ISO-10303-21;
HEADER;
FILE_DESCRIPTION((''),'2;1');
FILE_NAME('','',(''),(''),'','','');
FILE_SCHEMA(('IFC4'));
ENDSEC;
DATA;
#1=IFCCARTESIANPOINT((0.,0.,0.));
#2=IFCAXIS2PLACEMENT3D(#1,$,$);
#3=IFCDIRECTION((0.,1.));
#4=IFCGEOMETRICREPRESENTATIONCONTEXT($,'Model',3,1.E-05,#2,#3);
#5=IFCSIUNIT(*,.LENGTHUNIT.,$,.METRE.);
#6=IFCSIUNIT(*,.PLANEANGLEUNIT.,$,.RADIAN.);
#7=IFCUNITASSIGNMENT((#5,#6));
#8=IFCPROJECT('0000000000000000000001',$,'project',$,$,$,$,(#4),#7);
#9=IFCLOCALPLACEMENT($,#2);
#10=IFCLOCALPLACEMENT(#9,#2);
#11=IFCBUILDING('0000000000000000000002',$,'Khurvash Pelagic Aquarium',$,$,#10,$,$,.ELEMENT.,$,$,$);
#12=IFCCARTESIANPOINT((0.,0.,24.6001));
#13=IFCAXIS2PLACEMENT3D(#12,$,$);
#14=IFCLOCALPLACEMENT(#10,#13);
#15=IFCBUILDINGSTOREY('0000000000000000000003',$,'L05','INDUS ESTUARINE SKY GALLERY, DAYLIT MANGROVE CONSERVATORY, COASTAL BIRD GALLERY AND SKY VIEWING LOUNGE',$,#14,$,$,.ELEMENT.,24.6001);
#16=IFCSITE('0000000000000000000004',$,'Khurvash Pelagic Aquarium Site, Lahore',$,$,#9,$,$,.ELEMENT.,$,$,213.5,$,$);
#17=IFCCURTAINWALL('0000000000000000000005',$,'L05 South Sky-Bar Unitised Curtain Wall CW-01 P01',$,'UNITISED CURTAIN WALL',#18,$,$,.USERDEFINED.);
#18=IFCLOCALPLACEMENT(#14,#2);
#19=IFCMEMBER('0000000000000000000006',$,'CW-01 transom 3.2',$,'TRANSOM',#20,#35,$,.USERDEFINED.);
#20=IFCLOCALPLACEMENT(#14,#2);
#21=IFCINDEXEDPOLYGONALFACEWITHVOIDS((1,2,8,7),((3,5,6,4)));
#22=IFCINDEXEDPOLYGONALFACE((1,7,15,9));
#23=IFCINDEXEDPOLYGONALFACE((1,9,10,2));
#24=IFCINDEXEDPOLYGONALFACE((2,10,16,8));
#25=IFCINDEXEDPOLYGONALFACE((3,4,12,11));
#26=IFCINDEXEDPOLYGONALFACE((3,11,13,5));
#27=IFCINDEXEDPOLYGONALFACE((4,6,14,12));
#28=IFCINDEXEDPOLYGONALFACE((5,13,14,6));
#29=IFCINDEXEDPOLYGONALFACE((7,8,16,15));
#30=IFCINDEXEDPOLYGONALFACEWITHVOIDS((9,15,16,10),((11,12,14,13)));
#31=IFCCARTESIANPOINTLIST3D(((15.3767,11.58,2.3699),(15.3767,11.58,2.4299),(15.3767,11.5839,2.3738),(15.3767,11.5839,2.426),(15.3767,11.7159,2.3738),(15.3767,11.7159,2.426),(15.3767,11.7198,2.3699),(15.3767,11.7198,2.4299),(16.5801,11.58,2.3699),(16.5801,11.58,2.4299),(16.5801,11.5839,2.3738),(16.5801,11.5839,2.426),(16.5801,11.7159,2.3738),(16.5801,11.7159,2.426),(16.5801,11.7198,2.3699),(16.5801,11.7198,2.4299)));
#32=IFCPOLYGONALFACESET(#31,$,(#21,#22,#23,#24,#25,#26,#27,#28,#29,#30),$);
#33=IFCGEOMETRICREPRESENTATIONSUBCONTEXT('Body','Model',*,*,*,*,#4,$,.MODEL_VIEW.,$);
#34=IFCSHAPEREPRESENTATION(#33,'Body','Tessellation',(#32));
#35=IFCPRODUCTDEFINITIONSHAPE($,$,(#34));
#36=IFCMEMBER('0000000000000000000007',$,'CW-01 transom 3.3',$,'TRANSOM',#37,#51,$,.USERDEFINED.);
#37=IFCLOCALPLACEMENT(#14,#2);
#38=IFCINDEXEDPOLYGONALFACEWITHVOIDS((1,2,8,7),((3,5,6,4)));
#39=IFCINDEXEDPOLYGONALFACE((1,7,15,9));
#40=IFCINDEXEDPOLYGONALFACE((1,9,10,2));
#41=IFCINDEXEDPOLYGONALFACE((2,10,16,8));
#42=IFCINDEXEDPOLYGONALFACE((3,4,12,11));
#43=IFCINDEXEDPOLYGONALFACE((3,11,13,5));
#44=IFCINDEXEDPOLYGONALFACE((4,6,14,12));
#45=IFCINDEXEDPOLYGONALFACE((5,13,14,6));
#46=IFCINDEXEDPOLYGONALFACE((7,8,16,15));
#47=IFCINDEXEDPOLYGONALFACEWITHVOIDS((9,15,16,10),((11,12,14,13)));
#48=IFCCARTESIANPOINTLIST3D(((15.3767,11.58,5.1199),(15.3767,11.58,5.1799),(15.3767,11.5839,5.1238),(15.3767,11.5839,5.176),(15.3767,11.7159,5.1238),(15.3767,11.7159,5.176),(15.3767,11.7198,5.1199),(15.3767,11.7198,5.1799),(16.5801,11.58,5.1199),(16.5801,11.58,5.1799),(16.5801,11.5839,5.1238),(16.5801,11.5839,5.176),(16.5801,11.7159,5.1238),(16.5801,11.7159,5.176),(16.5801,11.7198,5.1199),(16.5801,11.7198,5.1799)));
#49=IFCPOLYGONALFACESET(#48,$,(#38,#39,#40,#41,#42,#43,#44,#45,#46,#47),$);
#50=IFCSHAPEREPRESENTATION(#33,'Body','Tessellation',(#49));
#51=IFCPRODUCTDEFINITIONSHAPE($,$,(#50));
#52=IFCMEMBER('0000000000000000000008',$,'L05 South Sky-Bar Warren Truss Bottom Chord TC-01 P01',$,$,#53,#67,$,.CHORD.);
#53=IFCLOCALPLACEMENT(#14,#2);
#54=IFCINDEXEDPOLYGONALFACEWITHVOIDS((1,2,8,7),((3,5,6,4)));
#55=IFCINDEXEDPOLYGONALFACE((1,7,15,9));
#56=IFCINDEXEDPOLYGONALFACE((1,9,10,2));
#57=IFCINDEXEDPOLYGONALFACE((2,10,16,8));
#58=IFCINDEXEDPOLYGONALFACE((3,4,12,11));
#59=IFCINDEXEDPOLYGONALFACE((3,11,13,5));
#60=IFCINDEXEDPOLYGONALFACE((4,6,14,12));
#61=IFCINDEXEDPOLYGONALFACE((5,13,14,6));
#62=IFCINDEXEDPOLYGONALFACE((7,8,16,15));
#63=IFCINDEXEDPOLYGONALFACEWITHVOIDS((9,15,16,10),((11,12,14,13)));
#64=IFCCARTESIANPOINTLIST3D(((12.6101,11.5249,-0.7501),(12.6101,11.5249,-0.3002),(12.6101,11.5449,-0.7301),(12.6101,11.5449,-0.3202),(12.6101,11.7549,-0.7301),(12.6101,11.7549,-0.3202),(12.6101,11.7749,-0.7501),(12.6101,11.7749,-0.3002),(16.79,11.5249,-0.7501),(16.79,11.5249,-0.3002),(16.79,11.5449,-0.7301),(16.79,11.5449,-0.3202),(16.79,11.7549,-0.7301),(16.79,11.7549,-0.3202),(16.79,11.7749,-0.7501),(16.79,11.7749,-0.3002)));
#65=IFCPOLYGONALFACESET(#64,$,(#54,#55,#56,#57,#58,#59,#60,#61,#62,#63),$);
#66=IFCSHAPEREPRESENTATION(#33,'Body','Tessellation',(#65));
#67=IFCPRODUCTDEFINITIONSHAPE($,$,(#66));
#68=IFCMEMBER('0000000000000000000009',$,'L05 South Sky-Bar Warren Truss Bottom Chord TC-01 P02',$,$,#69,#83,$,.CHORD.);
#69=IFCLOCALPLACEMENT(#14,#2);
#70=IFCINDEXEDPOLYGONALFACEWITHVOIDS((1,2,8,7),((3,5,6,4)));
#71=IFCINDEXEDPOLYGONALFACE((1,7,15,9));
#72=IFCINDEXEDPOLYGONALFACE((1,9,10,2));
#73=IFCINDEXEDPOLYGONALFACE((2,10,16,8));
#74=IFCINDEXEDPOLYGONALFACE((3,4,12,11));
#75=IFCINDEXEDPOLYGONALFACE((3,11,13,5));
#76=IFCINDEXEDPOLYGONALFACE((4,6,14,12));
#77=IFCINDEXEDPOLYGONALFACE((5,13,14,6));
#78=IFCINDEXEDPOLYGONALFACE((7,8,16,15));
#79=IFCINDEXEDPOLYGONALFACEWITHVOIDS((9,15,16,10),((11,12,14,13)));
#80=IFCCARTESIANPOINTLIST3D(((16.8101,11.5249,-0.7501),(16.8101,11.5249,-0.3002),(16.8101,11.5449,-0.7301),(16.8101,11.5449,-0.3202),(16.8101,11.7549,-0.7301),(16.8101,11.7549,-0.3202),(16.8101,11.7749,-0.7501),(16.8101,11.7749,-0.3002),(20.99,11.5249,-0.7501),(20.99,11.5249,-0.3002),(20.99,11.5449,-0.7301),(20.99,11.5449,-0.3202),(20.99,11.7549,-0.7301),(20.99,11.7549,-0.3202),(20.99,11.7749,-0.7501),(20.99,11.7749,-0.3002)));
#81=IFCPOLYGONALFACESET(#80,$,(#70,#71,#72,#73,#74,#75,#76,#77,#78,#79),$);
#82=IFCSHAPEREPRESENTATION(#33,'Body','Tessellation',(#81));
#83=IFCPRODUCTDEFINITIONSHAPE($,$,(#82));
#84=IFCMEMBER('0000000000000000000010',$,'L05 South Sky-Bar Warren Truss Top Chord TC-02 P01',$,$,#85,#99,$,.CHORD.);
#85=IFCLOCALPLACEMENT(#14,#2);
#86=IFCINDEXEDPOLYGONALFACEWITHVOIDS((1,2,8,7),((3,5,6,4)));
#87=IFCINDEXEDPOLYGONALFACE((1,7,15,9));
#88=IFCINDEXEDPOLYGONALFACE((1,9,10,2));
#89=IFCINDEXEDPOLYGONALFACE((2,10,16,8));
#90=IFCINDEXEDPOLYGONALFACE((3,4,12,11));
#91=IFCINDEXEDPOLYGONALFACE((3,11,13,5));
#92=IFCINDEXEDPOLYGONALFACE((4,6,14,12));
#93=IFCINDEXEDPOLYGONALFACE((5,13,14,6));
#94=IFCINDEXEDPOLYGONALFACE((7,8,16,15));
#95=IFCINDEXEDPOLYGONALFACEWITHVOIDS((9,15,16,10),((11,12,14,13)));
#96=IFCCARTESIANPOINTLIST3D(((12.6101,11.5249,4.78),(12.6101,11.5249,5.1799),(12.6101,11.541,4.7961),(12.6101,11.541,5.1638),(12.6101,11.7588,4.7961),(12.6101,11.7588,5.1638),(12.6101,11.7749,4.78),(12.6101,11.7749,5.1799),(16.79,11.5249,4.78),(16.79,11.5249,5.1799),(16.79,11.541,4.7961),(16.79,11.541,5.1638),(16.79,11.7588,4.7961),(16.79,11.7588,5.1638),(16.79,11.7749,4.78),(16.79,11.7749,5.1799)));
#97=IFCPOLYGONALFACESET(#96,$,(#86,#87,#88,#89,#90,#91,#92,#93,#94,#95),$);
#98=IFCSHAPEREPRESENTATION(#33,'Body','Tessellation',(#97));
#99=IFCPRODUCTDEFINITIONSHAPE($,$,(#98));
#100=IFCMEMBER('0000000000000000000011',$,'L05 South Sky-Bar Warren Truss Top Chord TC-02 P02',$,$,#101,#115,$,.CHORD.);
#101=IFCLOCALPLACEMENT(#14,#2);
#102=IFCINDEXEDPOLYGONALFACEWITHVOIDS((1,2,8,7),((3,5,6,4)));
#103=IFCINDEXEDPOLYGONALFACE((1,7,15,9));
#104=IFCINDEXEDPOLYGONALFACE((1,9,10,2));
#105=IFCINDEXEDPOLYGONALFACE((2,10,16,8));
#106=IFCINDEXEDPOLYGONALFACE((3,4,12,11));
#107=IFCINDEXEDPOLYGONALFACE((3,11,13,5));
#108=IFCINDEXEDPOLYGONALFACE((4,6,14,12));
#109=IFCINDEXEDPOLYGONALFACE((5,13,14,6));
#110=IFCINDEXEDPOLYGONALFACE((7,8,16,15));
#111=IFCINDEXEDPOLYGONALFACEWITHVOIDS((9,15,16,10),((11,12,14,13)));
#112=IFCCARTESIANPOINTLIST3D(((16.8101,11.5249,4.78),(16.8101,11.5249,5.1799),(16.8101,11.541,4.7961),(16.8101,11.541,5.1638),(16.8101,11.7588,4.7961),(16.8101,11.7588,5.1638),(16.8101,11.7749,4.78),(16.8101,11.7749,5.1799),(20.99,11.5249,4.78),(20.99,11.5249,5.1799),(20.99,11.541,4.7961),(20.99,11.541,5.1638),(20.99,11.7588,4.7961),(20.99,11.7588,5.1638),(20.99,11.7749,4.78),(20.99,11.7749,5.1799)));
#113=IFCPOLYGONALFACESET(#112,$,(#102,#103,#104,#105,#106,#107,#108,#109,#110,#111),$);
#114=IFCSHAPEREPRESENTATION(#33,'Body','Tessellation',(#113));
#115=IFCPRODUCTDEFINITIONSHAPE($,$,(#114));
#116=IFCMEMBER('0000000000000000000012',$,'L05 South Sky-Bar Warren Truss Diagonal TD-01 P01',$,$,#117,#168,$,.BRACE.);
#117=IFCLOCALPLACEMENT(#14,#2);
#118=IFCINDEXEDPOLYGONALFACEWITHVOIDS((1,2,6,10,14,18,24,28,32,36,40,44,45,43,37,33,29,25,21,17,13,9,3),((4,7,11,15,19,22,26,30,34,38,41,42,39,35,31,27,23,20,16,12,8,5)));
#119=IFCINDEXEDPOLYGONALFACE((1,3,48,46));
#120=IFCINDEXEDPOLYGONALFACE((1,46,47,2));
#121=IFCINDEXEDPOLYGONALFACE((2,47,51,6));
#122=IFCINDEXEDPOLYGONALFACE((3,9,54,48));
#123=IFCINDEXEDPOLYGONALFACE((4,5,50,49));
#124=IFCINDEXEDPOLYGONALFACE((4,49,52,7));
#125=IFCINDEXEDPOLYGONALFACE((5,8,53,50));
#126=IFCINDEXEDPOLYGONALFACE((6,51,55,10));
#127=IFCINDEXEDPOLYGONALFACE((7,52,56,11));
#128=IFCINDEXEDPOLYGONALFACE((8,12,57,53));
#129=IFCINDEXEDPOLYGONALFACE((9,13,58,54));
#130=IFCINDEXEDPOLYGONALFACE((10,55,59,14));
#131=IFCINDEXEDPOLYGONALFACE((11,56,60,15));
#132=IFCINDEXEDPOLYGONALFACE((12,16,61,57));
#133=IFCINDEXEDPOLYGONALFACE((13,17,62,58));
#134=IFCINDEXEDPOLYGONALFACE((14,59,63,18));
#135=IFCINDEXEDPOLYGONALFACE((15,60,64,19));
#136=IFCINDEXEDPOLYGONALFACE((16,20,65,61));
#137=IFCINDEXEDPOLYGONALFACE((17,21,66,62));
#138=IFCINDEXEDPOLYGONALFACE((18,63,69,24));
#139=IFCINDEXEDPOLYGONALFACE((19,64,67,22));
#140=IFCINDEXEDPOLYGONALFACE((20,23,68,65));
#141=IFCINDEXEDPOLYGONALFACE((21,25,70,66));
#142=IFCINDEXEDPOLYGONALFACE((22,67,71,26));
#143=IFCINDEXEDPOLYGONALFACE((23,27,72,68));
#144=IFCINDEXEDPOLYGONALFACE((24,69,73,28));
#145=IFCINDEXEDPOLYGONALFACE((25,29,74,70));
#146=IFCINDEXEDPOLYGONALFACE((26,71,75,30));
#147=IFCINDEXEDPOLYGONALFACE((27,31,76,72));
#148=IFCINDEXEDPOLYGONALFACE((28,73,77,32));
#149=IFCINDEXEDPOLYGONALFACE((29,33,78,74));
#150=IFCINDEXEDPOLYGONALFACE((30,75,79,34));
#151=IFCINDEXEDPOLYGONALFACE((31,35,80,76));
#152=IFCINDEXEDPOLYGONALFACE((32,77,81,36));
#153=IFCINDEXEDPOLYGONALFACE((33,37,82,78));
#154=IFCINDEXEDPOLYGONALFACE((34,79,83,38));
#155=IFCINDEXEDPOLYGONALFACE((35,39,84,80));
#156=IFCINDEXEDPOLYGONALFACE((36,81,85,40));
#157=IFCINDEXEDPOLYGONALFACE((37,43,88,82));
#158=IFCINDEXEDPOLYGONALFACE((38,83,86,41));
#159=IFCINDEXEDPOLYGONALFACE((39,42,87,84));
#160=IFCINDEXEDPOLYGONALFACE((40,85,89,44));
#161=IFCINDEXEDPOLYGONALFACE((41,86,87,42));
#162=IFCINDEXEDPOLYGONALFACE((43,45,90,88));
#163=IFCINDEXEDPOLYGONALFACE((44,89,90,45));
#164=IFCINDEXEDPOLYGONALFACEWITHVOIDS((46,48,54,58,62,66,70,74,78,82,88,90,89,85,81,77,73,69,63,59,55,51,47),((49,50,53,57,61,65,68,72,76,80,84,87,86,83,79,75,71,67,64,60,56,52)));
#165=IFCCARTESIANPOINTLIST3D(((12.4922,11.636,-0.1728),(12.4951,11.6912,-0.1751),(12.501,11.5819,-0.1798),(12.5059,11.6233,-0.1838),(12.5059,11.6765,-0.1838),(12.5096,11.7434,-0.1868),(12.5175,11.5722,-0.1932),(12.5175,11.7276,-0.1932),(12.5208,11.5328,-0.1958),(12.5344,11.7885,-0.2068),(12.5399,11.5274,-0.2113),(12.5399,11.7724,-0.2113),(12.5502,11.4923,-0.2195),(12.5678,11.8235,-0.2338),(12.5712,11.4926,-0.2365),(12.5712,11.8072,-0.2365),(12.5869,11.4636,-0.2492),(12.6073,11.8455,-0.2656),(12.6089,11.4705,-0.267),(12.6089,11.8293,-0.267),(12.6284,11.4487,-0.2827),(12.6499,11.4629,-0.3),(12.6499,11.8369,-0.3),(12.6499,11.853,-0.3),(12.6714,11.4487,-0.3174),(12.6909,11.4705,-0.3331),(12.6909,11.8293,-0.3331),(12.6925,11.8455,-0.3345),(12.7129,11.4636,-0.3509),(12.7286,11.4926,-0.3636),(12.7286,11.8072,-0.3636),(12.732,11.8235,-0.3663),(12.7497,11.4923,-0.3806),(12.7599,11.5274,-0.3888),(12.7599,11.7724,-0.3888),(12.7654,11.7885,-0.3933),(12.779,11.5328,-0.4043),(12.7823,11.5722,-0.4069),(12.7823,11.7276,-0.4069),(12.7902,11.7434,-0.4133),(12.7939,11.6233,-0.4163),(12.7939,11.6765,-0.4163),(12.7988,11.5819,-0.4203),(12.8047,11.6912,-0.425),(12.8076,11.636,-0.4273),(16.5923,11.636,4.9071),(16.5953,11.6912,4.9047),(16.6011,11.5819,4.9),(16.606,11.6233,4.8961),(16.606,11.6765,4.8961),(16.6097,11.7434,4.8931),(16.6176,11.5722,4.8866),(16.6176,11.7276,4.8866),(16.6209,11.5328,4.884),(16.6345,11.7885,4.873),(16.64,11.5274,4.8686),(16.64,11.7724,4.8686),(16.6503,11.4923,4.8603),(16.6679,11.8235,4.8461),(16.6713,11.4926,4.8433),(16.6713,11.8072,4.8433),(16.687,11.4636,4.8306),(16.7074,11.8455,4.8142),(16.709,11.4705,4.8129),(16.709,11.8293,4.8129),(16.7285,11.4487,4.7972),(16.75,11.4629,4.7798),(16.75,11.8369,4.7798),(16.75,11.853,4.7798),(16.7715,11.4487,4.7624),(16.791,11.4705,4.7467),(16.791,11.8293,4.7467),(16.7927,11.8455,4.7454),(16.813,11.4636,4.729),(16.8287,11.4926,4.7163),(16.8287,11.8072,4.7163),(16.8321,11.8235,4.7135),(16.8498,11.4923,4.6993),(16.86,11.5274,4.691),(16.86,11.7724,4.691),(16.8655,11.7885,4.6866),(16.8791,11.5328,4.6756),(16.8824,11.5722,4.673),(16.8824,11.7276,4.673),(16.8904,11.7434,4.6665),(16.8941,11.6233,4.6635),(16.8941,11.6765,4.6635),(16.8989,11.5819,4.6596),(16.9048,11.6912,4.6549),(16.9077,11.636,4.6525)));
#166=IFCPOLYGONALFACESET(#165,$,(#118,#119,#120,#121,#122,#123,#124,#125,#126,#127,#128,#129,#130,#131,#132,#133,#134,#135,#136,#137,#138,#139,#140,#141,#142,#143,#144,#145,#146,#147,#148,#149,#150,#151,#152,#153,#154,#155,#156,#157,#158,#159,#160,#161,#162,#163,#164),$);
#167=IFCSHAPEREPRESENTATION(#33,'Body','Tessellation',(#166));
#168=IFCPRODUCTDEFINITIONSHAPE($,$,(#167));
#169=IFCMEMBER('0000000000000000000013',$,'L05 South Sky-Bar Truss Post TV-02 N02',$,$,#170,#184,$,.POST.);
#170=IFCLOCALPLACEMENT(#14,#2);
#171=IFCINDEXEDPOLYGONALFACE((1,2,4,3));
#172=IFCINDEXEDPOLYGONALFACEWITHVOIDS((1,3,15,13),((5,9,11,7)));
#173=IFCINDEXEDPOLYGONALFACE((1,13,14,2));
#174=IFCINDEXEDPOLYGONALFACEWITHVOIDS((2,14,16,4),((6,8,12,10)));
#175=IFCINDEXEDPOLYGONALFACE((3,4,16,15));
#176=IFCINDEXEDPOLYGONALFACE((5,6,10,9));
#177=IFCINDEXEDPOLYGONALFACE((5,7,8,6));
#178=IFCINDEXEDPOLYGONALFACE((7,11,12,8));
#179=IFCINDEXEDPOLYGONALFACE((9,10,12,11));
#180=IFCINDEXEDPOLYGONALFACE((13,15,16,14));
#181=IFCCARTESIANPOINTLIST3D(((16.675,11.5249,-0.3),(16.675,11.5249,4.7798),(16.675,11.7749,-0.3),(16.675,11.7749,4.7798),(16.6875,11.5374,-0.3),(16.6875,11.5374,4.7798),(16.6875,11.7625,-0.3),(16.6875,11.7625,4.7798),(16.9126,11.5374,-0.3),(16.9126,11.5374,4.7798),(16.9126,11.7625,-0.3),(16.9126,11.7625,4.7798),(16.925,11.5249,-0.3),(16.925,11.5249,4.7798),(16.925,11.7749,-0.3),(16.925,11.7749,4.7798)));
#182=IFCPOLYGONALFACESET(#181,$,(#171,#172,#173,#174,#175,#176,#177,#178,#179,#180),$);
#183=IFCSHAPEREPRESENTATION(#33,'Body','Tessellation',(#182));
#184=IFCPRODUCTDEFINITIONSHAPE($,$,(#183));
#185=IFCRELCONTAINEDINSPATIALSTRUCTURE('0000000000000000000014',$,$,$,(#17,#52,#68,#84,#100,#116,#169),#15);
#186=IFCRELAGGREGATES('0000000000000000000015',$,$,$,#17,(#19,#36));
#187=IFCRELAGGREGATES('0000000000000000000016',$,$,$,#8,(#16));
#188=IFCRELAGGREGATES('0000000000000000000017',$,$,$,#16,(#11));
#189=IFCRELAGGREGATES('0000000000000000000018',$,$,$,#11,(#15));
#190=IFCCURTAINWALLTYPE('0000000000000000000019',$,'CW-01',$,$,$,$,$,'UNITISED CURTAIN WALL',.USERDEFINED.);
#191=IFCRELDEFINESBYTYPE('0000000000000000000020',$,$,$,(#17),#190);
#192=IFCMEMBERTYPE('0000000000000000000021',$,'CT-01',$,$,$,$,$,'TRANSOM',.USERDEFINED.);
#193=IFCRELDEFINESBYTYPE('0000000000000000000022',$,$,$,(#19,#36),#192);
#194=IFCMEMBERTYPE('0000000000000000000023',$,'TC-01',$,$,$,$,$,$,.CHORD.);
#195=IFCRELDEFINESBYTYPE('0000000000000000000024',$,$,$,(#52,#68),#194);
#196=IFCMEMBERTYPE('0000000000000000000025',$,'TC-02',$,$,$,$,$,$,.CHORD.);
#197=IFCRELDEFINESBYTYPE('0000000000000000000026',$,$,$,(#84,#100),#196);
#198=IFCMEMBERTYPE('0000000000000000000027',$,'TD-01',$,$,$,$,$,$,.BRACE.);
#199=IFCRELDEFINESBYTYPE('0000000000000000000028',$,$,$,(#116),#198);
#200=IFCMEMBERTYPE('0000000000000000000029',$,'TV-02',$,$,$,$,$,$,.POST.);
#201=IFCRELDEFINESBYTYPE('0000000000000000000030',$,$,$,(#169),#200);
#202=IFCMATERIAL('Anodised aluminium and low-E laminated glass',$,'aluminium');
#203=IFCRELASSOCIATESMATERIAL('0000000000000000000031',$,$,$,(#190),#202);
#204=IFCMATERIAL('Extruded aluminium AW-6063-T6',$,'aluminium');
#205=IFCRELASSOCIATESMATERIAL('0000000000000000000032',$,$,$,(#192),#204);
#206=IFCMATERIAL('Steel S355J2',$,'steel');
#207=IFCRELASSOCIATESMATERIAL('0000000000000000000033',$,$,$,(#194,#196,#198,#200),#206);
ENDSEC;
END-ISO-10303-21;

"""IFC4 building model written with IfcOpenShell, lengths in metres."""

from ifc_helpers import new_model, si_unit, direction, frame, origin, origin_2d, place, context, subcontext, project, spatial, hollow_rectangle, hollow_circle, extrude, material, material_profile, profile_set, type_object, element, aggregate, save


model = new_model("IFC4")

# Units and contexts
model_context = context("Model", 3, precision=1e-05, world=origin(), true_north=direction((0.0, 1.0)))
body_context = subcontext(model_context, "Body", "Model", "MODEL_VIEW")
ifc_project = project(units=[si_unit("LENGTHUNIT", "METRE"), si_unit("PLANEANGLEUNIT", "RADIAN")], contexts=[model_context])

# Site, building, storey
site_placement = place(None, origin())
site = spatial("IfcSite", under=ifc_project, at=site_placement, Name="Khurvash Pelagic Aquarium Site, Lahore", CompositionType="ELEMENT", RefElevation=213.5)
building_placement = place(site_placement, origin())
building = spatial("IfcBuilding", under=site, at=building_placement, Name="Khurvash Pelagic Aquarium", CompositionType="ELEMENT")
storey_placement = place(building_placement, frame((0.0, 0.0, 24.6001)))
storey = spatial("IfcBuildingStorey", under=building, at=storey_placement, Name="L05", Description="INDUS ESTUARINE SKY GALLERY, DAYLIT MANGROVE CONSERVATORY, COASTAL BIRD GALLERY AND SKY VIEWING LOUNGE", CompositionType="ELEMENT", Elevation=24.6001)

# Curtain wall, members
ifc_material_1 = material(Name="Anodised aluminium and low-E laminated glass", Category="aluminium")
curtain_wall_type = type_object("IfcCurtainWallType", Name="CW-01", ElementType="UNITISED CURTAIN WALL", PredefinedType="USERDEFINED", material=ifc_material_1)
curtain_wall_placement = place(storey_placement, origin())
curtain_wall = element("IfcCurtainWall", 1, at=curtain_wall_placement, inside=storey, type_object=curtain_wall_type, Name="L05 South Sky-Bar Unitised Curtain Wall CW-01 P01", ObjectType="UNITISED CURTAIN WALL", PredefinedType="USERDEFINED")
ifc_material_2 = material(Name="Extruded aluminium AW-6063-T6", Category="aluminium")
ifc_material_profile_1 = material_profile(ifc_material_2, hollow_rectangle(XDim=0.1399, YDim=0.0601, WallThickness=0.0039, at=origin_2d()), Name="CWT140X60X4")
ifc_profile_set_1 = profile_set([ifc_material_profile_1], Name="Extruded aluminium AW-6063-T6")
member_type_1 = type_object("IfcMemberType", Name="CT-01", ElementType="TRANSOM", PredefinedType="USERDEFINED", material=ifc_profile_set_1)
member_1_placement = place(storey_placement, frame((15.3767, 11.6499, 2.3999), z_axis=(1.0, 0.0, 0.0), x_axis=(0.0, 1.0, 0.0)))
member_1 = element("IfcMember", 2, at=member_1_placement, type_object=member_type_1, Name="CW-01 transom 3.2", ObjectType="TRANSOM", PredefinedType="USERDEFINED", context=body_context, shape_type="SweptSolid", body=[
    extrude(hollow_rectangle(XDim=0.1399, YDim=0.0601, WallThickness=0.0039, at=origin_2d()), origin(), (0.0, 0.0, 1.0), 1.2034),
])
member_2_placement = place(storey_placement, frame((15.3767, 11.6499, 5.1499), z_axis=(1.0, 0.0, 0.0), x_axis=(0.0, 1.0, 0.0)))
member_2 = element("IfcMember", 3, at=member_2_placement, type_object=member_type_1, Name="CW-01 transom 3.3", ObjectType="TRANSOM", PredefinedType="USERDEFINED", context=body_context, shape_type="SweptSolid", body=[
    extrude(hollow_rectangle(XDim=0.1399, YDim=0.0601, WallThickness=0.0039, at=origin_2d()), origin(), (0.0, 0.0, 1.0), 1.2034),
])

# Members
ifc_material_3 = material(Name="Steel S355J2", Category="steel")
ifc_material_profile_2 = material_profile(ifc_material_3, hollow_rectangle(XDim=0.25, YDim=0.45, WallThickness=0.02, at=origin_2d()), Name="RHS450X250X20")
ifc_profile_set_2 = profile_set([ifc_material_profile_2], Name="Steel S355J2")
member_type_2 = type_object("IfcMemberType", Name="TC-01", PredefinedType="CHORD", material=ifc_profile_set_2)
for number, where, z_axis, x_axis, name in (
    (4, (12.6101, 11.6499, -0.5251), (1.0, 0.0, 0.0), (0.0, 1.0, 0.0), "L05 South Sky-Bar Warren Truss Bottom Chord TC-01 P01"),
    (5, (16.8101, 11.6499, -0.5251), (1.0, 0.0, 0.0), (0.0, 1.0, 0.0), "L05 South Sky-Bar Warren Truss Bottom Chord TC-01 P02"),
):
    element("IfcMember", number, at=place(storey_placement, frame(where, z_axis=z_axis, x_axis=x_axis)), inside=storey, type_object=member_type_2, Name=name, PredefinedType="CHORD", context=body_context, shape_type="SweptSolid", body=[
        extrude(hollow_rectangle(XDim=0.25, YDim=0.45, WallThickness=0.02, at=origin_2d()), origin(), (0.0, 0.0, 1.0), 4.1799),
    ])
ifc_material_profile_3 = material_profile(ifc_material_3, hollow_rectangle(XDim=0.25, YDim=0.3999, WallThickness=0.0161, at=origin_2d()), Name="RHS400X250X16")
ifc_profile_set_3 = profile_set([ifc_material_profile_3], Name="Steel S355J2")
member_type_3 = type_object("IfcMemberType", Name="TC-02", PredefinedType="CHORD", material=ifc_profile_set_3)
for number, where, z_axis, x_axis, name in (
    (6, (12.6101, 11.6499, 4.98), (1.0, 0.0, 0.0), (0.0, 1.0, 0.0), "L05 South Sky-Bar Warren Truss Top Chord TC-02 P01"),
    (7, (16.8101, 11.6499, 4.98), (1.0, 0.0, 0.0), (0.0, 1.0, 0.0), "L05 South Sky-Bar Warren Truss Top Chord TC-02 P02"),
):
    element("IfcMember", number, at=place(storey_placement, frame(where, z_axis=z_axis, x_axis=x_axis)), inside=storey, type_object=member_type_3, Name=name, PredefinedType="CHORD", context=body_context, shape_type="SweptSolid", body=[
        extrude(hollow_rectangle(XDim=0.25, YDim=0.3999, WallThickness=0.0161, at=origin_2d()), origin(), (0.0, 0.0, 1.0), 4.1799),
    ])
ifc_material_profile_4 = material_profile(ifc_material_3, hollow_circle(Radius=0.2031, WallThickness=0.0161, at=origin_2d()), Name="CHS406X16")
ifc_profile_set_4 = profile_set([ifc_material_profile_4], Name="Steel S355J2")
member_type_4 = type_object("IfcMemberType", Name="TD-01", PredefinedType="BRACE", material=ifc_profile_set_4)
member_3_placement = place(storey_placement, frame((12.6499, 11.6499, -0.3), z_axis=(0.628073, 0.0, 0.778154), x_axis=(0.0, 1.0, 0.0)))
element("IfcMember", 8, at=member_3_placement, inside=storey, type_object=member_type_4, Name="L05 South Sky-Bar Warren Truss Diagonal TD-01 P01", PredefinedType="BRACE", context=body_context, shape_type="SweptSolid", body=[
    extrude(hollow_circle(Radius=0.2031, WallThickness=0.0161, at=origin_2d()), origin(), (0.0, 0.0, 1.0), 6.5281),
])
ifc_material_profile_5 = material_profile(ifc_material_3, hollow_rectangle(XDim=0.25, YDim=0.25, WallThickness=0.0125, at=origin_2d()), Name="SHS250X250X12")
ifc_profile_set_5 = profile_set([ifc_material_profile_5], Name="Steel S355J2")
member_type_5 = type_object("IfcMemberType", Name="TV-02", PredefinedType="POST", material=ifc_profile_set_5)
member_4_placement = place(storey_placement, frame((16.8, 11.6499, -0.3), z_axis=(0.0, 0.0, 1.0), x_axis=(1.0, 0.0, 0.0)))
element("IfcMember", 9, at=member_4_placement, inside=storey, type_object=member_type_5, Name="L05 South Sky-Bar Truss Post TV-02 N02", PredefinedType="POST", context=body_context, shape_type="SweptSolid", body=[
    extrude(hollow_rectangle(XDim=0.25, YDim=0.25, WallThickness=0.0125, at=origin_2d()), origin(), (0.0, 0.0, 1.0), 5.0798),
])

aggregate(curtain_wall, [member_1, member_2])

save(model, "model.ifc")
